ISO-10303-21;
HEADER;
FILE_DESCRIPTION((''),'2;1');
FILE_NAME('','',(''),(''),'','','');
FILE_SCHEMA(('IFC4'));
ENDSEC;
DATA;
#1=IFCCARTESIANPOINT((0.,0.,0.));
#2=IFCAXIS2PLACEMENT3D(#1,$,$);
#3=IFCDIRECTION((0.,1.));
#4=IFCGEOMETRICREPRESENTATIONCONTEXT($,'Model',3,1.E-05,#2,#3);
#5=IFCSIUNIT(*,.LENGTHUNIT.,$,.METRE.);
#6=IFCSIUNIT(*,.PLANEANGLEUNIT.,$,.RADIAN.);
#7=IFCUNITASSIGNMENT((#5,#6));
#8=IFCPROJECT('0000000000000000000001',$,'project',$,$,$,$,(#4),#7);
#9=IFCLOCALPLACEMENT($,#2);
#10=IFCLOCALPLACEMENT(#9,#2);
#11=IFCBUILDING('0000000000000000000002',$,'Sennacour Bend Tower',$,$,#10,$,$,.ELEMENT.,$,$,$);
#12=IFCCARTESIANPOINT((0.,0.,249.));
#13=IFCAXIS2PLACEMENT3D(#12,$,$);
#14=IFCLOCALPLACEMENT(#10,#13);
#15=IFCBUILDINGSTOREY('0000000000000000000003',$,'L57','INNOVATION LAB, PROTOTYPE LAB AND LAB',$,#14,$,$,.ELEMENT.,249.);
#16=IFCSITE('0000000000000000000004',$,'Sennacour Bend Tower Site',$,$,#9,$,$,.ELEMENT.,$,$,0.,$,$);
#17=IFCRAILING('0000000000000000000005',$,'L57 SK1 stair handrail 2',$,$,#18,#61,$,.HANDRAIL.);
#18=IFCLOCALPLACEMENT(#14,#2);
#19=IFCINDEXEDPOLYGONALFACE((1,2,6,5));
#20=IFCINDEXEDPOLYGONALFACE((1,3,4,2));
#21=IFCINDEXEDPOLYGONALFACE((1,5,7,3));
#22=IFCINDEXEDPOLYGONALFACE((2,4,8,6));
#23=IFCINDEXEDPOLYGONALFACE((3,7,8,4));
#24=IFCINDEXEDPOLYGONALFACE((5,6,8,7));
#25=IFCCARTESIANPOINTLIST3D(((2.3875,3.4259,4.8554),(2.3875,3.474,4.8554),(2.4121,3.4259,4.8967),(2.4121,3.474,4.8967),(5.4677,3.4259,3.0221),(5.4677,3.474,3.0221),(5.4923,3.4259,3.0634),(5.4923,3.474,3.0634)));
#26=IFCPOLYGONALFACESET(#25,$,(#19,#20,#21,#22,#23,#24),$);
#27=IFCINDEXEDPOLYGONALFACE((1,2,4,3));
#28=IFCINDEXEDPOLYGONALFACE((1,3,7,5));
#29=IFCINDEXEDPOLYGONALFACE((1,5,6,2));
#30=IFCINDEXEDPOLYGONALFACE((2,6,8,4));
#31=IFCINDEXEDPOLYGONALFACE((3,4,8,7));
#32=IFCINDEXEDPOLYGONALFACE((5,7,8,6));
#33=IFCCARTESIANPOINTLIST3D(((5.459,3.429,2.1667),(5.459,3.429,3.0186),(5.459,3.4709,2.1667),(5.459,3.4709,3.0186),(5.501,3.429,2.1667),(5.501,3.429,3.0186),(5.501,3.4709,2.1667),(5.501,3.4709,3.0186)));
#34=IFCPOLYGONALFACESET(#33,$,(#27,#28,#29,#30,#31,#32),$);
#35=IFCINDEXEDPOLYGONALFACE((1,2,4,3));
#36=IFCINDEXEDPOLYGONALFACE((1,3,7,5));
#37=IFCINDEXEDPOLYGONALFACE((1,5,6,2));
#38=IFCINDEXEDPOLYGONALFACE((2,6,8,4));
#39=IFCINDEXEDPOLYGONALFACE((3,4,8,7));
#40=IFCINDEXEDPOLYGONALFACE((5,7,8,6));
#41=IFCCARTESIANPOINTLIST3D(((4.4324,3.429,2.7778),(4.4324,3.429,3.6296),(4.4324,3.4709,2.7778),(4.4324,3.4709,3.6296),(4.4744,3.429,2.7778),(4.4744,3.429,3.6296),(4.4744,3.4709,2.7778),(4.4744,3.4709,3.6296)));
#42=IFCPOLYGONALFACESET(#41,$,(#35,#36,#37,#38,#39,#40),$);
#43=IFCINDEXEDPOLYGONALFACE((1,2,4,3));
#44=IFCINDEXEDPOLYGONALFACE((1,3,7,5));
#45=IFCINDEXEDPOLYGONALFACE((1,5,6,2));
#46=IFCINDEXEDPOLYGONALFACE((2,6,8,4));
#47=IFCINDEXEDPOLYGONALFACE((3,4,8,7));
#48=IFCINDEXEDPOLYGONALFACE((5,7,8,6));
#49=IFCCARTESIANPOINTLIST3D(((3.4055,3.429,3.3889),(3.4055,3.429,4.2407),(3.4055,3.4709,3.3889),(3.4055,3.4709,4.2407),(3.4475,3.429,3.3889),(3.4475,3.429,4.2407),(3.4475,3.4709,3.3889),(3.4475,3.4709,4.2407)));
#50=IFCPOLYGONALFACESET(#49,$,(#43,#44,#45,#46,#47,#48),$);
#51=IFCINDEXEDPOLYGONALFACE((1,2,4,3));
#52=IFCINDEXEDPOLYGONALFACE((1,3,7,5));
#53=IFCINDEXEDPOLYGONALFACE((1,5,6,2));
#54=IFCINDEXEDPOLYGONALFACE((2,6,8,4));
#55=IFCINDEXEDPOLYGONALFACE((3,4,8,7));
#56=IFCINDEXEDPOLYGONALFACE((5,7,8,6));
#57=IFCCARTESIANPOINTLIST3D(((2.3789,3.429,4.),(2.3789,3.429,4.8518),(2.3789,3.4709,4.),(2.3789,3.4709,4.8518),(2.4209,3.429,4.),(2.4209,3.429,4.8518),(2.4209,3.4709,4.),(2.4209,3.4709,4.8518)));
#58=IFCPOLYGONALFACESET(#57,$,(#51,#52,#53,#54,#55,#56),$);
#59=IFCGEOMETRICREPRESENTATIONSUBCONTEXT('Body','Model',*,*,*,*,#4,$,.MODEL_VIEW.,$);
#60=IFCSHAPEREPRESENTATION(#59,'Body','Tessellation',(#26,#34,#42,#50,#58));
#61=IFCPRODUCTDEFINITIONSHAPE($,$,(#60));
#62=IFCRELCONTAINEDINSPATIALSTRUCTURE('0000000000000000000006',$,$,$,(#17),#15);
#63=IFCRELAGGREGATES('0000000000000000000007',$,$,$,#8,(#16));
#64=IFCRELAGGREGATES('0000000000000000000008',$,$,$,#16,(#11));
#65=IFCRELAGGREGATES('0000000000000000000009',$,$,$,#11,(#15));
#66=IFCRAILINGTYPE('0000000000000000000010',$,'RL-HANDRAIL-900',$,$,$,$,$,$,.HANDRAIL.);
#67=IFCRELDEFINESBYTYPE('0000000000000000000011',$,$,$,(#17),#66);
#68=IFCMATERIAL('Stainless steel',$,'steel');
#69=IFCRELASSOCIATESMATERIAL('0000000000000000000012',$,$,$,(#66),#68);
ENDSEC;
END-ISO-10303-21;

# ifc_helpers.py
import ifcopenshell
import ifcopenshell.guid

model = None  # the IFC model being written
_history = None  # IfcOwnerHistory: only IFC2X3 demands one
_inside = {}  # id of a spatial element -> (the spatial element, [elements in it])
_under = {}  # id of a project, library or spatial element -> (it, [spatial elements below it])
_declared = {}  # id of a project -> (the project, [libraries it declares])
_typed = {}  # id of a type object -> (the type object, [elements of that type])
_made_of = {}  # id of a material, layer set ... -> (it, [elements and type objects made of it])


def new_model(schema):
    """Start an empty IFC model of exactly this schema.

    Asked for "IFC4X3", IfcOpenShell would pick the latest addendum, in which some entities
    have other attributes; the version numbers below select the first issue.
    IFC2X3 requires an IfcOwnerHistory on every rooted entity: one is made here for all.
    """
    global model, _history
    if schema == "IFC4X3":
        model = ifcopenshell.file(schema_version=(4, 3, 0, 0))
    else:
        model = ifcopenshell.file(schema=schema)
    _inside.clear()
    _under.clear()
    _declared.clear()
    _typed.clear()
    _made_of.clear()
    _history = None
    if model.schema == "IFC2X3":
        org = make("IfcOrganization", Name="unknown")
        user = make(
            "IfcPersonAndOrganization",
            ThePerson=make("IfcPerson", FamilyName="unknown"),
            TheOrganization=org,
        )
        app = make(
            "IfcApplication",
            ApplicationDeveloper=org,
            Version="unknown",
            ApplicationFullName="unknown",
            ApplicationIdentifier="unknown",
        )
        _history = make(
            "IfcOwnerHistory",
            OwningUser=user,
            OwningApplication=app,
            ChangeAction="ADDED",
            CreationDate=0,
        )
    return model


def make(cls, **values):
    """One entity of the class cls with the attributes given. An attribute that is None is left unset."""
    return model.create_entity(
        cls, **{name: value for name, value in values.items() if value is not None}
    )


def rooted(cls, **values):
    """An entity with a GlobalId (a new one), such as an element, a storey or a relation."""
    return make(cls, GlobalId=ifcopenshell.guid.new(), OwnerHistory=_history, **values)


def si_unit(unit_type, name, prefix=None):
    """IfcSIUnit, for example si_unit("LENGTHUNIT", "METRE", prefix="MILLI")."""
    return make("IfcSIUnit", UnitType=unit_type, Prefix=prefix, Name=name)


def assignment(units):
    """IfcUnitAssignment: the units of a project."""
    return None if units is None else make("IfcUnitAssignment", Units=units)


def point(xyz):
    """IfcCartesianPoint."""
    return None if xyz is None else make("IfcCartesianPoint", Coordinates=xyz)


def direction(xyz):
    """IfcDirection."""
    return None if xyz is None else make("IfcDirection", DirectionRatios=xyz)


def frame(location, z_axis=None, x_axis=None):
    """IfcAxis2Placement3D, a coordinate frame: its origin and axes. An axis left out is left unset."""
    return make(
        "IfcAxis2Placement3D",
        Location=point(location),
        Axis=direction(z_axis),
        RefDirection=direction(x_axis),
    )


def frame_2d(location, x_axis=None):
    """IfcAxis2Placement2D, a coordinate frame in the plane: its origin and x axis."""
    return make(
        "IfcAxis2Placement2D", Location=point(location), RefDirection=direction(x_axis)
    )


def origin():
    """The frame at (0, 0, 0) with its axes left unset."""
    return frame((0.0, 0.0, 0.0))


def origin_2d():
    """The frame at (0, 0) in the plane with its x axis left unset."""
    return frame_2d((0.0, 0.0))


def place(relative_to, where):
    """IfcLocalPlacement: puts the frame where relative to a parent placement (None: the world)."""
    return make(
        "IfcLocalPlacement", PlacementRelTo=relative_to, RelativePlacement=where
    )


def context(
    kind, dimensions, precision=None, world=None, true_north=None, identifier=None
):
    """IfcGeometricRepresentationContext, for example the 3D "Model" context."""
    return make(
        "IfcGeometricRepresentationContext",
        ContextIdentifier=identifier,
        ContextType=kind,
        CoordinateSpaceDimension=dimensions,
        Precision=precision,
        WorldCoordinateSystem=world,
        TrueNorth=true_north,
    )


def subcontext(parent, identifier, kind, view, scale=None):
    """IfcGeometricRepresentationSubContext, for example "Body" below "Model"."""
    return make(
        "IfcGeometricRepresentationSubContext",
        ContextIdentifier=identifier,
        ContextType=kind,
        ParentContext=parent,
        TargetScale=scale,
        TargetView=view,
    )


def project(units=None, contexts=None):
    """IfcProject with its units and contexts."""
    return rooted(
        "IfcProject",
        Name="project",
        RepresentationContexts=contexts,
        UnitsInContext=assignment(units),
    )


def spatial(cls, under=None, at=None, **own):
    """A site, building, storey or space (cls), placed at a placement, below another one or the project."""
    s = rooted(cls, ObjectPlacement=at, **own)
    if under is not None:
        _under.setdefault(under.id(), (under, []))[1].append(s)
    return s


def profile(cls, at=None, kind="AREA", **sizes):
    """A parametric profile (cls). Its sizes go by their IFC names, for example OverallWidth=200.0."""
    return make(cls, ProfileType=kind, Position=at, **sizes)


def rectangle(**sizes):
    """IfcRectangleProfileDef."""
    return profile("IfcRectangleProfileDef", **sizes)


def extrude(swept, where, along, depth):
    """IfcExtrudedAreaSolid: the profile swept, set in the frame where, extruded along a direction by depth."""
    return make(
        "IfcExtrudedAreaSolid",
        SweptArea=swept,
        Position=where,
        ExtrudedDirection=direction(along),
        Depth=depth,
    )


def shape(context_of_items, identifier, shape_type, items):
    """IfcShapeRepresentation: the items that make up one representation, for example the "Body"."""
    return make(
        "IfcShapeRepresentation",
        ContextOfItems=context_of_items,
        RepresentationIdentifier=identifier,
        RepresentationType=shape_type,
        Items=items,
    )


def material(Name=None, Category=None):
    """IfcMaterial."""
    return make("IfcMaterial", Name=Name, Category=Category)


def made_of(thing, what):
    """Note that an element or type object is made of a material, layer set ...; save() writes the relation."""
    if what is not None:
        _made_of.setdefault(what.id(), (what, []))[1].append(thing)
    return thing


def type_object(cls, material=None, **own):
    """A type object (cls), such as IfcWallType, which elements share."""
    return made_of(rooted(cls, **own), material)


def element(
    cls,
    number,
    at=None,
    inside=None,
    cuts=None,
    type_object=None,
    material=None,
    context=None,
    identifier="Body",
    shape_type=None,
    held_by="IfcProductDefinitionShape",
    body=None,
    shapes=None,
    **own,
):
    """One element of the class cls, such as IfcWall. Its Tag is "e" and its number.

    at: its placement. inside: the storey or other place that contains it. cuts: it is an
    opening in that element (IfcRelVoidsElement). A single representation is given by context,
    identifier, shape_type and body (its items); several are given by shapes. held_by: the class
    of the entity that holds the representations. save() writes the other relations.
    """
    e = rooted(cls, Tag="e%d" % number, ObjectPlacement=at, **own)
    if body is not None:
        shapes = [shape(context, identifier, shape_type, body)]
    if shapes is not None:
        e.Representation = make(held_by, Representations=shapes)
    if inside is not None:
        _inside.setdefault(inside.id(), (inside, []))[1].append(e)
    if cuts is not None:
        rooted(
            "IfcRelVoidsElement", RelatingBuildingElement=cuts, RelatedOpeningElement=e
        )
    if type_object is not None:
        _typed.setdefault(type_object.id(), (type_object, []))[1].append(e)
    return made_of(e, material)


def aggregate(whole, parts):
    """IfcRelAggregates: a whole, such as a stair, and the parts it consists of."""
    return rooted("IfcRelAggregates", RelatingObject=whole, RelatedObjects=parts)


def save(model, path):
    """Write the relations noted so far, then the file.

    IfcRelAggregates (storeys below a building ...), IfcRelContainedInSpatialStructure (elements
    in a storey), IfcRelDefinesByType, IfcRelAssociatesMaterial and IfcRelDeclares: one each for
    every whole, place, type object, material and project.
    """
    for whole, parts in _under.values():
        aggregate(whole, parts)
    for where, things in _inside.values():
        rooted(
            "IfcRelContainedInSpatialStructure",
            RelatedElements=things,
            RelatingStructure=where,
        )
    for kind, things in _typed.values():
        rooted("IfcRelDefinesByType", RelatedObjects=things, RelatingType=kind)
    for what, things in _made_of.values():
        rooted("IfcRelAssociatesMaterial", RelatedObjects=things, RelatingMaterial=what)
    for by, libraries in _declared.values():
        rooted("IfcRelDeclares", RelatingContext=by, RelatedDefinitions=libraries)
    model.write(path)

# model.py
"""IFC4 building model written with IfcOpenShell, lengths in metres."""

from ifc_helpers import new_model, si_unit, direction, frame, origin, origin_2d, place, context, subcontext, project, spatial, rectangle, extrude, material, type_object, element, save


model = new_model("IFC4")

# Units and contexts
model_context = context("Model", 3, precision=1e-05, world=origin(), true_north=direction((0.0, 1.0)))
body_context = subcontext(model_context, "Body", "Model", "MODEL_VIEW")
ifc_project = project(units=[si_unit("LENGTHUNIT", "METRE"), si_unit("PLANEANGLEUNIT", "RADIAN")], contexts=[model_context])

# Site, building, storey
site_placement = place(None, origin())
site = spatial("IfcSite", under=ifc_project, at=site_placement, Name="Sennacour Bend Tower Site", CompositionType="ELEMENT", RefElevation=0.0)
building_placement = place(site_placement, origin())
building = spatial("IfcBuilding", under=site, at=building_placement, Name="Sennacour Bend Tower", CompositionType="ELEMENT")
storey_placement = place(building_placement, frame((0.0, 0.0, 249.0)))
storey = spatial("IfcBuildingStorey", under=building, at=storey_placement, Name="L57", Description="INNOVATION LAB, PROTOTYPE LAB AND LAB", CompositionType="ELEMENT", Elevation=249.0)

# Railing
ifc_material_1 = material(Name="Stainless steel", Category="steel")
railing_type = type_object("IfcRailingType", Name="RL-HANDRAIL-900", PredefinedType="HANDRAIL", material=ifc_material_1)
railing_placement = place(storey_placement, frame((5.48, 3.45, 2.1667)))
element("IfcRailing", 1, at=railing_placement, inside=storey, type_object=railing_type, Name="L57 SK1 stair handrail 2", PredefinedType="HANDRAIL", context=body_context, shape_type="SweptSolid", body=[
    extrude(rectangle(XDim=0.0481, YDim=0.0481, at=origin_2d()), frame((0.0, 0.0, 0.876), z_axis=(-0.859309, 0.0, 0.511458), x_axis=(0.0, -1.0, 0.0)), (0.0, 0.0, 1.0), 3.5845),
    extrude(rectangle(XDim=0.042, YDim=0.042, at=origin_2d()), origin(), (0.0, 0.0, 1.0), 0.8518),
    extrude(rectangle(XDim=0.042, YDim=0.042, at=origin_2d()), frame((-1.0266, 0.0, 0.6111)), (0.0, 0.0, 1.0), 0.8518),
    extrude(rectangle(XDim=0.042, YDim=0.042, at=origin_2d()), frame((-2.0535, 0.0, 1.2222)), (0.0, 0.0, 1.0), 0.8518),
    extrude(rectangle(XDim=0.042, YDim=0.042, at=origin_2d()), frame((-3.0801, 0.0, 1.8333)), (0.0, 0.0, 1.0), 0.8518),
])

save(model, "model.ifc")
